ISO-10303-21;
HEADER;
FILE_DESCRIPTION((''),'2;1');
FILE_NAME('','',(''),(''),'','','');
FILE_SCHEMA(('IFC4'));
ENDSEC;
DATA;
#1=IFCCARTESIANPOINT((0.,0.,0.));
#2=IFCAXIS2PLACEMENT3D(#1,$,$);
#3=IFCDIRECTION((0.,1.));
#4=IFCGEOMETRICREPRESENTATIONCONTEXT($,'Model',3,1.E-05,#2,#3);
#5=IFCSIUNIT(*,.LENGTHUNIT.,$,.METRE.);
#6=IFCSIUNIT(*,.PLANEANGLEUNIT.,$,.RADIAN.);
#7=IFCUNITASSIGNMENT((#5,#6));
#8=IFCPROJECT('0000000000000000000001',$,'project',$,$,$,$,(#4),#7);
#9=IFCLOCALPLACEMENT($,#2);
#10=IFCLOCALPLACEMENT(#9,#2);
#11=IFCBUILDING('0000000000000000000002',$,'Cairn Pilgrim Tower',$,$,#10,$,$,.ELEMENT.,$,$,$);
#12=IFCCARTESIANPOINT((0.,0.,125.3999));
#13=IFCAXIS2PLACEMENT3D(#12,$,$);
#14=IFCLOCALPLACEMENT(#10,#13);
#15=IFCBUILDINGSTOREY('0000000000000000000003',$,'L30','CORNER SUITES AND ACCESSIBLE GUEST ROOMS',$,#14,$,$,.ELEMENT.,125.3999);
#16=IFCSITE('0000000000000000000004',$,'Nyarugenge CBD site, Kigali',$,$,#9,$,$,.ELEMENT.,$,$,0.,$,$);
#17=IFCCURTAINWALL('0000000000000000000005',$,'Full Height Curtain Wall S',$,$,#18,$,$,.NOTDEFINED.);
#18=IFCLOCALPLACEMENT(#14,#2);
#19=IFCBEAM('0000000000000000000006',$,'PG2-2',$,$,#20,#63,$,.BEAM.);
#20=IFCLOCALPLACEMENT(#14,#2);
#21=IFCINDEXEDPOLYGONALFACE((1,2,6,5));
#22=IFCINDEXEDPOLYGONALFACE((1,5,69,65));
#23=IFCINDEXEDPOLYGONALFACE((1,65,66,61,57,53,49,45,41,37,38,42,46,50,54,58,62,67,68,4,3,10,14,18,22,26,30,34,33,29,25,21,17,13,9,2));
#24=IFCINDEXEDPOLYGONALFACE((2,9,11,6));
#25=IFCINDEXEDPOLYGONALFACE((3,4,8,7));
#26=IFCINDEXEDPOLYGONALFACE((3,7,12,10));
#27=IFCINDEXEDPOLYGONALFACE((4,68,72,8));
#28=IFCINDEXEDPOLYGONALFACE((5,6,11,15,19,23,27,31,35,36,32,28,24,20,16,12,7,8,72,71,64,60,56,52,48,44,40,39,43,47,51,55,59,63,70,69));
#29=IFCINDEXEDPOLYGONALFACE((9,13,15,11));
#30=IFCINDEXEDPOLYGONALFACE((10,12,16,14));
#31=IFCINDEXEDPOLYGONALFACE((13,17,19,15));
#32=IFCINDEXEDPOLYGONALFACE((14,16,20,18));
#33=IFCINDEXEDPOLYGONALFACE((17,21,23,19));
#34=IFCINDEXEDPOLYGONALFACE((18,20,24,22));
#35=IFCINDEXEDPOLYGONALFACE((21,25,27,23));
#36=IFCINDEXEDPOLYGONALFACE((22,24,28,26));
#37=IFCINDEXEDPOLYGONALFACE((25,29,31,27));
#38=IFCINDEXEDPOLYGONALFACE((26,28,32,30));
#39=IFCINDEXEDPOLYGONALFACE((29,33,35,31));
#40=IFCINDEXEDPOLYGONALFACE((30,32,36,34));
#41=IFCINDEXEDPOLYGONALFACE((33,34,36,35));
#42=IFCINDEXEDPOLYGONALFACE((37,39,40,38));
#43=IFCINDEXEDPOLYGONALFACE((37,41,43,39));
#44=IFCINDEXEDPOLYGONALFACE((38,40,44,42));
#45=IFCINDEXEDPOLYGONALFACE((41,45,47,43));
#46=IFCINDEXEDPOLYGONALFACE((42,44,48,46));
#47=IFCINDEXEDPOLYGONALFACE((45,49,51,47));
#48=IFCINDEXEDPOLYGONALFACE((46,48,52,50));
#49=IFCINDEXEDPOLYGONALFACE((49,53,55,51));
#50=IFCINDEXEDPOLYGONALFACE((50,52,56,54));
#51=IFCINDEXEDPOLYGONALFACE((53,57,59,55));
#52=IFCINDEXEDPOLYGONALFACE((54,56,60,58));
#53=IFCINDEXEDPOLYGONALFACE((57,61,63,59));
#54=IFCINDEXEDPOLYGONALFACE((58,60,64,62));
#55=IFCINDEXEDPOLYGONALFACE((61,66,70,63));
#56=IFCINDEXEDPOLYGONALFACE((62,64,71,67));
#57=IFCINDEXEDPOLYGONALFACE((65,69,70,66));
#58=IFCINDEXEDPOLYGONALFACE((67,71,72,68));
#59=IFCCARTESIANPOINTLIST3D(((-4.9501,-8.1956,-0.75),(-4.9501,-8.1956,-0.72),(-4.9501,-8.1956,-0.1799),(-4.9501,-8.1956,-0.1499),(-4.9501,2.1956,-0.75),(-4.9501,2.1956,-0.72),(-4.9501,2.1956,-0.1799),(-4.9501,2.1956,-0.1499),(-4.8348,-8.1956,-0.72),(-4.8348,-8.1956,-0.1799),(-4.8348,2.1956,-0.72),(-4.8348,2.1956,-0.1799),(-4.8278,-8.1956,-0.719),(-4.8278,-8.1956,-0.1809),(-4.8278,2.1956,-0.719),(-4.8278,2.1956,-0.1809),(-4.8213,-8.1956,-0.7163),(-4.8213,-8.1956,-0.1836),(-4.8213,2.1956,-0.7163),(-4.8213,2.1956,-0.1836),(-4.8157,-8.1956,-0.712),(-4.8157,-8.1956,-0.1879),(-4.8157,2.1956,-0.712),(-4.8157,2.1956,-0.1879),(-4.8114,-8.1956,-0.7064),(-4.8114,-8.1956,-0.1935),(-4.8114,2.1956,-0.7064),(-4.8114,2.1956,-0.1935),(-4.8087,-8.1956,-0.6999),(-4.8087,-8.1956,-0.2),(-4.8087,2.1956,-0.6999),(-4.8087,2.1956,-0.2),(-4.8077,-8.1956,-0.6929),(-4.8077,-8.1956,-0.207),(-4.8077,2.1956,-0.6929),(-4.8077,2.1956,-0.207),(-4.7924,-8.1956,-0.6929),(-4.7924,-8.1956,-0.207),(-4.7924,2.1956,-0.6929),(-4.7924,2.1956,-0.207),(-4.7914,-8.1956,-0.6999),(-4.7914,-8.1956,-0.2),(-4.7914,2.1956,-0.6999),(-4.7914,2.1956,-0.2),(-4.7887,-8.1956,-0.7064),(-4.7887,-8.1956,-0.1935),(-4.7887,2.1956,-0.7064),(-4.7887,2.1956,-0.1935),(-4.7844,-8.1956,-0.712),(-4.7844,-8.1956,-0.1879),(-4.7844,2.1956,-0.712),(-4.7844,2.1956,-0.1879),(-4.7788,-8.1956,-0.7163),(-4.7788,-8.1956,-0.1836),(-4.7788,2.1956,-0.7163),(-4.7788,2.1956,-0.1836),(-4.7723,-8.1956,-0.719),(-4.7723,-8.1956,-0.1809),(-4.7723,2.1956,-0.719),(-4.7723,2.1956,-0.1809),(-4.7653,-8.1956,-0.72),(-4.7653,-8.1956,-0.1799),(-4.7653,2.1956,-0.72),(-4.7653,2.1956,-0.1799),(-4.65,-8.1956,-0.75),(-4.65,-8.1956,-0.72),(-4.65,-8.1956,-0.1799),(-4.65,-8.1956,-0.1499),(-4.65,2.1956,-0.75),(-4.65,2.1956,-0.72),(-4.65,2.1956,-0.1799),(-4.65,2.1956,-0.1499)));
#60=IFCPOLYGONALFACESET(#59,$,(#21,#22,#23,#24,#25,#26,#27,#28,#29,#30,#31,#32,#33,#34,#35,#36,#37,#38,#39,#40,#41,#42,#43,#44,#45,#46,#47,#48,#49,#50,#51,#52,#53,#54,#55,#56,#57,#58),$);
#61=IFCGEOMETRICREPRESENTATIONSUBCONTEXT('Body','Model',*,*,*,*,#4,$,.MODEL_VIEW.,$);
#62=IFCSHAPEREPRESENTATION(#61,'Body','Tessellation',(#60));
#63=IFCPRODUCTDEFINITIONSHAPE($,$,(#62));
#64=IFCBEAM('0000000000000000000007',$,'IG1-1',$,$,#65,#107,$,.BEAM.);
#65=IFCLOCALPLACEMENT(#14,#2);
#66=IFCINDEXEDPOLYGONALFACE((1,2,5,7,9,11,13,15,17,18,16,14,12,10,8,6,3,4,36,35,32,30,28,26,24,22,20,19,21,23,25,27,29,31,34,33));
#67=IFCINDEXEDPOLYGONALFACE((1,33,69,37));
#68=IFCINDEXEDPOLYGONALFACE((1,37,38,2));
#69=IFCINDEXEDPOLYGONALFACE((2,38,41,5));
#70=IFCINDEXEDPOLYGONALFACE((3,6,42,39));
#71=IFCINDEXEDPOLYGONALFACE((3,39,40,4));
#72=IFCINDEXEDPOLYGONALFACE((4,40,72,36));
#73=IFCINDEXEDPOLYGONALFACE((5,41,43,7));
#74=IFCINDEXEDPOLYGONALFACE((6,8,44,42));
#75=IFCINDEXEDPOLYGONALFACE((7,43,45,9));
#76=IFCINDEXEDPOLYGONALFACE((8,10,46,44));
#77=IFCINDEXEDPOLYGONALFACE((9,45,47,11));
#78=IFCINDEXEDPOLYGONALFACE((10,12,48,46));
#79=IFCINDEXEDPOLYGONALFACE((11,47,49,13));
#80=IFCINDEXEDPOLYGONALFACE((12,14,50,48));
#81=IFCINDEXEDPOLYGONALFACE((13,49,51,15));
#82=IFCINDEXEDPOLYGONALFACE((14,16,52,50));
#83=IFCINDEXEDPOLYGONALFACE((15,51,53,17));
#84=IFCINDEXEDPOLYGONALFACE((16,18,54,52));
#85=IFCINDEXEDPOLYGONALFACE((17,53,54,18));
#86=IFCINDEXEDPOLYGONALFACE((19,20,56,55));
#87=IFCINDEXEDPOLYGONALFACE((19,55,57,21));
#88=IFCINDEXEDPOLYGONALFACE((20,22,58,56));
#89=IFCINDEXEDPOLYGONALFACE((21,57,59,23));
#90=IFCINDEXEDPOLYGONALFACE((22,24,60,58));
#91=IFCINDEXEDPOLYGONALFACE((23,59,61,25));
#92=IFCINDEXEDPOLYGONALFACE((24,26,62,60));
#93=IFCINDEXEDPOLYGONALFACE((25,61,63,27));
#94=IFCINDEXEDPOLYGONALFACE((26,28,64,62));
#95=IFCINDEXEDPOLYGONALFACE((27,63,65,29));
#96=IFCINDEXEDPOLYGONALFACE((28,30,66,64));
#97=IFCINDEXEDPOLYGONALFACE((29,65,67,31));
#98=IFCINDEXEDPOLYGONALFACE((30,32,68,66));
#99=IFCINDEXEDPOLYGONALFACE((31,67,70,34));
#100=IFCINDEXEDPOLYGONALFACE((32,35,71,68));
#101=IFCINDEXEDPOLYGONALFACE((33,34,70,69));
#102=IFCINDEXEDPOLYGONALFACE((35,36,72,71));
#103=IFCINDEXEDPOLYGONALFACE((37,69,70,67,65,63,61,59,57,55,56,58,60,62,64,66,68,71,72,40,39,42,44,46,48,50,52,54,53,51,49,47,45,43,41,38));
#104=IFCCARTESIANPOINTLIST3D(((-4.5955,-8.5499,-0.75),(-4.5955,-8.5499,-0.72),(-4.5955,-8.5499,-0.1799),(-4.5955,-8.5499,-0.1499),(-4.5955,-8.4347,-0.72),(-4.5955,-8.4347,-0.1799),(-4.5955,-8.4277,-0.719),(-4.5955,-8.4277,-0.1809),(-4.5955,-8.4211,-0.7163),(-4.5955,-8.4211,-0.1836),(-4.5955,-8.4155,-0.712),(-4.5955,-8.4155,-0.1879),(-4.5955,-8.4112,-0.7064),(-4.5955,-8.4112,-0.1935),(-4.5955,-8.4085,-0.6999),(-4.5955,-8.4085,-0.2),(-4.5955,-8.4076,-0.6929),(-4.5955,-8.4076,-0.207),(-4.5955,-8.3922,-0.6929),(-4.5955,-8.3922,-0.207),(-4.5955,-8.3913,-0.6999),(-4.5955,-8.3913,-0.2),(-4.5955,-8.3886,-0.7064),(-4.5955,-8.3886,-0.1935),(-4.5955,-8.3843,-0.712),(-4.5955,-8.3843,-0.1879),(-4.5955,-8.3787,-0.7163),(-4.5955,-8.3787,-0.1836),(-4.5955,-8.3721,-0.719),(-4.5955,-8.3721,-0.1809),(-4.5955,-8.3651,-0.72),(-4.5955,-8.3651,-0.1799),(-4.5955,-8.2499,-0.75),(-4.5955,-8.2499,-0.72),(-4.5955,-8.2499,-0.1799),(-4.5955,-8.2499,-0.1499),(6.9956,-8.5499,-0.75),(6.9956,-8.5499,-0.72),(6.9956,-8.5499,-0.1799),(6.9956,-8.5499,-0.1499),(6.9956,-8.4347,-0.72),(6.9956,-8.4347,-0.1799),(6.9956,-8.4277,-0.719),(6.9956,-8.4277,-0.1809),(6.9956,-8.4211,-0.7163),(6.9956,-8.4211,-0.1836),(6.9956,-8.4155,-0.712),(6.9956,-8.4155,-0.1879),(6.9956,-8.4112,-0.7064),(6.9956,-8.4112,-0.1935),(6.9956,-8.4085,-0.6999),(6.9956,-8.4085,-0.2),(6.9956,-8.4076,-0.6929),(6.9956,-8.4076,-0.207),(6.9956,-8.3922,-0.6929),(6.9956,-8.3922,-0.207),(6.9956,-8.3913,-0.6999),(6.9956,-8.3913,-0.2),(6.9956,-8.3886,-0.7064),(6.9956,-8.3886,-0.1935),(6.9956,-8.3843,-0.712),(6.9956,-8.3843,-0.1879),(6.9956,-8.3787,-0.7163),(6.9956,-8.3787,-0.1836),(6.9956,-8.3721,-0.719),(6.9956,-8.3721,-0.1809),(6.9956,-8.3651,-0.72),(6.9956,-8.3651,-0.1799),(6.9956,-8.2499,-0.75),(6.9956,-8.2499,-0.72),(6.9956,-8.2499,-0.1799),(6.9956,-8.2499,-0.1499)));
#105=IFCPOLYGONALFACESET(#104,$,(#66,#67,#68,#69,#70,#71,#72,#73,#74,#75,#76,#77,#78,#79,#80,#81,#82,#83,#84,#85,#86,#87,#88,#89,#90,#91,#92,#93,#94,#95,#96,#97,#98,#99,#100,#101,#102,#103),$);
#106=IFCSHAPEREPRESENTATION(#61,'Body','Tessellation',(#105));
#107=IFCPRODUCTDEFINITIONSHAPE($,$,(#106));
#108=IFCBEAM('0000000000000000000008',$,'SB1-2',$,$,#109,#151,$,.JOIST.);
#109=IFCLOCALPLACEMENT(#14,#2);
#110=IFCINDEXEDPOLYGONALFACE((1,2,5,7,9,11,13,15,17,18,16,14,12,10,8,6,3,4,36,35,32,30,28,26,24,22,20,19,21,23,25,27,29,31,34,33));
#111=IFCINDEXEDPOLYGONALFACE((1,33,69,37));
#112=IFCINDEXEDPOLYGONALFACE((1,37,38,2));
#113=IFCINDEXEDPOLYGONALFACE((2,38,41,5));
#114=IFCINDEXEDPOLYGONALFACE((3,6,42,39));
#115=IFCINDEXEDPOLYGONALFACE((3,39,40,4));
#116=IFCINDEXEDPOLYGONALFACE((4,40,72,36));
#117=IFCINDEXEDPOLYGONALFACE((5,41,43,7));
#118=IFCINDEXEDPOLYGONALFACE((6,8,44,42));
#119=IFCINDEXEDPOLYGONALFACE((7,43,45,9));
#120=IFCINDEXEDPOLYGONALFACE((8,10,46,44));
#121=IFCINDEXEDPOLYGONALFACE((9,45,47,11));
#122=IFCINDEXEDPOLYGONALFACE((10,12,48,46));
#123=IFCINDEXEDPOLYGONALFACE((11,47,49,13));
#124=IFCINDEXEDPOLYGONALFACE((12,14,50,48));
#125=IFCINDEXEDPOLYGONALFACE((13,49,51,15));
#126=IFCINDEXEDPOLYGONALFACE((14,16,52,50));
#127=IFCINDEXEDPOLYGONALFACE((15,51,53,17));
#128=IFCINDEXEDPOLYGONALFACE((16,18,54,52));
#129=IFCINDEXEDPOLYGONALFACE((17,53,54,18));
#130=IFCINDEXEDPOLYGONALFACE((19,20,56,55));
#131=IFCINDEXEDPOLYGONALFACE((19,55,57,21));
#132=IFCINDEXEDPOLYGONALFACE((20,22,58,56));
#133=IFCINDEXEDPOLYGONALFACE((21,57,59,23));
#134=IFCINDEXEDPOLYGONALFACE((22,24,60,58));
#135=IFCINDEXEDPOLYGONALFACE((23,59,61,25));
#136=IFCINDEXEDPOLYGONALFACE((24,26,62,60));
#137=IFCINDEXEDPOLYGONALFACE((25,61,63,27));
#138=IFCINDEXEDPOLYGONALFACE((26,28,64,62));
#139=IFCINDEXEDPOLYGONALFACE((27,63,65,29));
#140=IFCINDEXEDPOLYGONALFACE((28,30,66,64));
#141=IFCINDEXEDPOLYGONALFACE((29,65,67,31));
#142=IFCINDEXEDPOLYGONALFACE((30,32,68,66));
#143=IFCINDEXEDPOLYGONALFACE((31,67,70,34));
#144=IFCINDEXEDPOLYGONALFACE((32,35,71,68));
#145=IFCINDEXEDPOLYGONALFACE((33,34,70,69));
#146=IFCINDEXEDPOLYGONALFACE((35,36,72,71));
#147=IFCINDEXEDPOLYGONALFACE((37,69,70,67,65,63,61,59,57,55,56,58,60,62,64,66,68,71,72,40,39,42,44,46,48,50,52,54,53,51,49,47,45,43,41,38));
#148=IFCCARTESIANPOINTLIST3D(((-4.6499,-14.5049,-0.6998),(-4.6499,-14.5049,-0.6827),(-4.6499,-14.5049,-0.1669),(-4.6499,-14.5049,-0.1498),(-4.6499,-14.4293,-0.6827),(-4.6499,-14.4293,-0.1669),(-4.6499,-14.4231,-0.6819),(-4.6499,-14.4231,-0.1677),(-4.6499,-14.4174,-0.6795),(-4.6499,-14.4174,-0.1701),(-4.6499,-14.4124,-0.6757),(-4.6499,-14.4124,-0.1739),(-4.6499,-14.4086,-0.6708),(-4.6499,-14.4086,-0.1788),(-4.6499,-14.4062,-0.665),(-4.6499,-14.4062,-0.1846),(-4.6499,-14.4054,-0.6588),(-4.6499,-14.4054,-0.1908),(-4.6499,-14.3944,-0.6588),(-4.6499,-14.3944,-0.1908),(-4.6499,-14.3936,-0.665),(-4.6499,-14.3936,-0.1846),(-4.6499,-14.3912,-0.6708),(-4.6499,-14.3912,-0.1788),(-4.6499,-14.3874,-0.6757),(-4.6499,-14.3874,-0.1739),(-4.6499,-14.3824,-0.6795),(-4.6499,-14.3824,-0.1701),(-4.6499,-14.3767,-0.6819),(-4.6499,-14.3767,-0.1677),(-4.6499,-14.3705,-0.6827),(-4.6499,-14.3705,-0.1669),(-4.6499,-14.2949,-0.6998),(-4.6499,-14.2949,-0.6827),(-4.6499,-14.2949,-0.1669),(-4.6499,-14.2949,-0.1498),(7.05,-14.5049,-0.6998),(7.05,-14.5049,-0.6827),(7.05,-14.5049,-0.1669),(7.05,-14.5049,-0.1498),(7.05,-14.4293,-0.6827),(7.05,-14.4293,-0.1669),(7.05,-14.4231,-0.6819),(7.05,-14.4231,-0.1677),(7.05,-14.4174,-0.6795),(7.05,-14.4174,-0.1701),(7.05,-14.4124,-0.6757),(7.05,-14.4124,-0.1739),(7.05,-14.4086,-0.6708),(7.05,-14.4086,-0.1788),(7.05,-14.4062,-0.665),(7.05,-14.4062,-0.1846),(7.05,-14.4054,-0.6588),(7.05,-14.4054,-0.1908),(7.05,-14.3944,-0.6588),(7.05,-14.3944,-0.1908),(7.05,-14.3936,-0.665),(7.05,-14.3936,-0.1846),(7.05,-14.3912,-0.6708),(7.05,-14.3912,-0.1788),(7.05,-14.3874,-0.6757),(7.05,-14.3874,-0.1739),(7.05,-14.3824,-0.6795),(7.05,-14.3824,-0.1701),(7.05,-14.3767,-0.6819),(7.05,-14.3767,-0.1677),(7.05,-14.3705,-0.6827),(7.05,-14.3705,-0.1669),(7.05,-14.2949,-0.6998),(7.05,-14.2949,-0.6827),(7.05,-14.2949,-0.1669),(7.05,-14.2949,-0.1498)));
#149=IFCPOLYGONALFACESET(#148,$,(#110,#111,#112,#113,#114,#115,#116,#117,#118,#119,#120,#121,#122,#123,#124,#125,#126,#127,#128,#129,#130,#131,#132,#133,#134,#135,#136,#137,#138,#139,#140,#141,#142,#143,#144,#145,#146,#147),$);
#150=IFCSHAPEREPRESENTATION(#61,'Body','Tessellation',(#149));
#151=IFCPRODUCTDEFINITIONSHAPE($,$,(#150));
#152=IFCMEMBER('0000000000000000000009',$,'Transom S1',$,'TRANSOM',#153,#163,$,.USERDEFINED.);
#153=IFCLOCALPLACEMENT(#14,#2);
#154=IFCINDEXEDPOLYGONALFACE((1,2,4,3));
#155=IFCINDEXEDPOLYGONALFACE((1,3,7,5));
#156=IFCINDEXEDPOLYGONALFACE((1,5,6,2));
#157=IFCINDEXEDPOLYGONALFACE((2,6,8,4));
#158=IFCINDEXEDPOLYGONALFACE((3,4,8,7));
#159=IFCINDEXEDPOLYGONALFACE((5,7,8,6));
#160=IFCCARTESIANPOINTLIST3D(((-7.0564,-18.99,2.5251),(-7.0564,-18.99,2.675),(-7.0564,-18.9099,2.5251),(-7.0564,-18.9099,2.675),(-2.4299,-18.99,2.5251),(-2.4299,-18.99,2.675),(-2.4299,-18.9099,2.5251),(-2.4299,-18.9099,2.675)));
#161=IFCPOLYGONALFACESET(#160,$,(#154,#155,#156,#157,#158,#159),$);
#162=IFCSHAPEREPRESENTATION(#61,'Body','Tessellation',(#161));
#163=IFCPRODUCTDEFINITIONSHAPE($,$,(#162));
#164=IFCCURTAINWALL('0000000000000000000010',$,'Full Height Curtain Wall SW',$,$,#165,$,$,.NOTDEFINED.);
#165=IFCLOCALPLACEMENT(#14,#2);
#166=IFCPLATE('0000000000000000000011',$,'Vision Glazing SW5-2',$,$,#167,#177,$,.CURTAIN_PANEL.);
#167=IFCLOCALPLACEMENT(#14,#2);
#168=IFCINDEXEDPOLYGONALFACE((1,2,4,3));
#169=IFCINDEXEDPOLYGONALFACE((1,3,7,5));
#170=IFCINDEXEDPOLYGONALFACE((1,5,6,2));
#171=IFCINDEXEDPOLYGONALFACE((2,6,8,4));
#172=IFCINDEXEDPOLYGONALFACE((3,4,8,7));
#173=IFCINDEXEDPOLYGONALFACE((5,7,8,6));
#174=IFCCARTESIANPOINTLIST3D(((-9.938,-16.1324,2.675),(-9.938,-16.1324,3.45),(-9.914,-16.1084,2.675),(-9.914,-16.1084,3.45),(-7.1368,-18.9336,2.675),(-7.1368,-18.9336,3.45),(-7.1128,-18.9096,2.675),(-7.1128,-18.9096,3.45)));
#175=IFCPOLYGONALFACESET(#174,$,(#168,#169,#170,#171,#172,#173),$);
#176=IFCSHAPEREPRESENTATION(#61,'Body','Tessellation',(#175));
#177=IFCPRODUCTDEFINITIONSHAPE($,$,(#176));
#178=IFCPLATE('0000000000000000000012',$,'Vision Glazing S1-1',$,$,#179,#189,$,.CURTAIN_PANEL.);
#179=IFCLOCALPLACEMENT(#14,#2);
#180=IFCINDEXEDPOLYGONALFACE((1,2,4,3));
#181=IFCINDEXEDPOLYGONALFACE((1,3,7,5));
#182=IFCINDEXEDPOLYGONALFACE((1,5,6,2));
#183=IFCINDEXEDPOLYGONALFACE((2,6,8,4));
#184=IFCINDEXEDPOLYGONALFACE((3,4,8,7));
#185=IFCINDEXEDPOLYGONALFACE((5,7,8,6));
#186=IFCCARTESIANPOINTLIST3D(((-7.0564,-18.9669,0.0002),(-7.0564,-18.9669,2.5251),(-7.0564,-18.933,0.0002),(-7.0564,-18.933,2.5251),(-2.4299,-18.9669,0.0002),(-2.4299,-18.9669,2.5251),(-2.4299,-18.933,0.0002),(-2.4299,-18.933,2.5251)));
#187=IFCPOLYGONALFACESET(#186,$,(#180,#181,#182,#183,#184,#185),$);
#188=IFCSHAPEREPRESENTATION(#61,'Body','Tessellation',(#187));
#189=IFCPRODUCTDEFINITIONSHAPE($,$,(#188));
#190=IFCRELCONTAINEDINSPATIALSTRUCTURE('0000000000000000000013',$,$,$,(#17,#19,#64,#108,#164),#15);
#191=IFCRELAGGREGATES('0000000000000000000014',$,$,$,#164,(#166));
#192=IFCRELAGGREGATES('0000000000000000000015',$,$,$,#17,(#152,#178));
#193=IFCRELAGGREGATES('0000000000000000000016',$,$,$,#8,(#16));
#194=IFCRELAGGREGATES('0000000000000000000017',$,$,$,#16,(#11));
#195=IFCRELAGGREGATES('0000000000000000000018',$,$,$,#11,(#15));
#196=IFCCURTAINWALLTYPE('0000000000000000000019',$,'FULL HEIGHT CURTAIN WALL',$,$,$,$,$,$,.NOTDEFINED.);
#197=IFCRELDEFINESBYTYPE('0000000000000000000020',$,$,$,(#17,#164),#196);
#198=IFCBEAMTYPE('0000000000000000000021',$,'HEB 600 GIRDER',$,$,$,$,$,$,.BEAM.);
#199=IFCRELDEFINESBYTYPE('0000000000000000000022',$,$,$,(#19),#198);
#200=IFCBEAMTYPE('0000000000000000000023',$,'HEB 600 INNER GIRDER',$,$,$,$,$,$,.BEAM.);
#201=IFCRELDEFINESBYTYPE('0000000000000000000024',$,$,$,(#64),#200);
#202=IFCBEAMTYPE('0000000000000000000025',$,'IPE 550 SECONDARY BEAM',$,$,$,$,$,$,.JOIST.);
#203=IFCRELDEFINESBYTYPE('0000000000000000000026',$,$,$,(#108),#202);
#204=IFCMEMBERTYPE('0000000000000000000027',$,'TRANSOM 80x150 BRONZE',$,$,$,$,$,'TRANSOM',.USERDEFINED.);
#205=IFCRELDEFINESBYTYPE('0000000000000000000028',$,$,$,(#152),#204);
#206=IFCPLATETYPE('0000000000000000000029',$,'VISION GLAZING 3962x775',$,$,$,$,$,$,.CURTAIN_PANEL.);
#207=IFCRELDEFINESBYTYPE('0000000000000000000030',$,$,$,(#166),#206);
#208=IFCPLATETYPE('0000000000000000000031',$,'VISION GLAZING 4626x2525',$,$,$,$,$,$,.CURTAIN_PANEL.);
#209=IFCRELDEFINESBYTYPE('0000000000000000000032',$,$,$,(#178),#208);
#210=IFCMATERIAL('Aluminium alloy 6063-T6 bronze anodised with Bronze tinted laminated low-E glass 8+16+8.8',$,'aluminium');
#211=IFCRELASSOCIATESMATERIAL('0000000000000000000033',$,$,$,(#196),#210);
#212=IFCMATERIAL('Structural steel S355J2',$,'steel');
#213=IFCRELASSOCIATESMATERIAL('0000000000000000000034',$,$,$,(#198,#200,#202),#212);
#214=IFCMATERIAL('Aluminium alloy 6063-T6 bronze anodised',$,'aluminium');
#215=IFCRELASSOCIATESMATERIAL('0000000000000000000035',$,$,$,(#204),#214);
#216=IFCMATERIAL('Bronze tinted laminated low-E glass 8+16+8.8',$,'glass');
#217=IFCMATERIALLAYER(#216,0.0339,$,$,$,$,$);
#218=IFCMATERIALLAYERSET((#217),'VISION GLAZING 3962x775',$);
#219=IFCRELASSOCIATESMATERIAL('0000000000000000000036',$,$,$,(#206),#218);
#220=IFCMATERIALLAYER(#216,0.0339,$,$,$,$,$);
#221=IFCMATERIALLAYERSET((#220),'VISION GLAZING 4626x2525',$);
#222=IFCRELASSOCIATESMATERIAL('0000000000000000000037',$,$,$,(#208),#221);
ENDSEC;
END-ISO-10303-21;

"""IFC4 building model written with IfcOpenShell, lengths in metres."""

from ifc_helpers import new_model, si_unit, direction, frame, origin, origin_2d, place, context, subcontext, project, spatial, rectangle, i_section, extrude, material, layer, layer_set, material_profile, profile_set, type_object, element, aggregate, save


model = new_model("IFC4")

# Units and contexts
model_context = context("Model", 3, precision=1e-05, world=origin(), true_north=direction((0.0, 1.0)))
body_context = subcontext(model_context, "Body", "Model", "MODEL_VIEW")
ifc_project = project(units=[si_unit("LENGTHUNIT", "METRE"), si_unit("PLANEANGLEUNIT", "RADIAN")], contexts=[model_context])

# Site, building, storey
site_placement = place(None, origin())
site = spatial("IfcSite", under=ifc_project, at=site_placement, Name="Nyarugenge CBD site, Kigali", CompositionType="ELEMENT", RefElevation=0.0)
building_placement = place(site_placement, origin())
building = spatial("IfcBuilding", under=site, at=building_placement, Name="Cairn Pilgrim Tower", CompositionType="ELEMENT")
storey_placement = place(building_placement, frame((0.0, 0.0, 125.3999)))
storey = spatial("IfcBuildingStorey", under=building, at=storey_placement, Name="L30", Description="CORNER SUITES AND ACCESSIBLE GUEST ROOMS", CompositionType="ELEMENT", Elevation=125.3999)

# Curtain wall
ifc_material_1 = material(Name="Aluminium alloy 6063-T6 bronze anodised with Bronze tinted laminated low-E glass 8+16+8.8", Category="aluminium")
curtain_wall_type = type_object("IfcCurtainWallType", Name="FULL HEIGHT CURTAIN WALL", PredefinedType="NOTDEFINED", material=ifc_material_1)
curtain_wall_1_placement = place(storey_placement, origin())
curtain_wall_1 = element("IfcCurtainWall", 1, at=curtain_wall_1_placement, inside=storey, type_object=curtain_wall_type, Name="Full Height Curtain Wall S", PredefinedType="NOTDEFINED")
ifc_material_2 = material(Name="Aluminium alloy 6063-T6 bronze anodised", Category="aluminium")

# Beams
ifc_material_3 = material(Name="Structural steel S355J2", Category="steel")
ifc_material_profile_1 = material_profile(ifc_material_3, i_section(OverallWidth=0.3, OverallDepth=0.6001, WebThickness=0.0154, FlangeThickness=0.03, FilletRadius=0.0271, at=origin_2d()), Name="HEB 600")
ifc_profile_set_1 = profile_set([ifc_material_profile_1], Name="Structural steel S355J2")
beam_type_1 = type_object("IfcBeamType", Name="HEB 600 GIRDER", PredefinedType="BEAM", material=ifc_profile_set_1)
beam_1_placement = place(storey_placement, frame((-4.8, -8.1956, -0.45), z_axis=(0.0, 1.0, 0.0), x_axis=(-1.0, 0.0, 0.0)))
element("IfcBeam", 2, at=beam_1_placement, inside=storey, type_object=beam_type_1, Name="PG2-2", PredefinedType="BEAM", context=body_context, shape_type="SweptSolid", body=[
    extrude(i_section(OverallWidth=0.3, OverallDepth=0.6001, WebThickness=0.0154, FlangeThickness=0.03, FilletRadius=0.0271, at=origin_2d()), origin(), (0.0, 0.0, 1.0), 10.3911),
])
ifc_material_profile_2 = material_profile(ifc_material_3, i_section(OverallWidth=0.3, OverallDepth=0.6001, WebThickness=0.0154, FlangeThickness=0.03, FilletRadius=0.0271, at=origin_2d()), Name="HEB 600")
ifc_profile_set_2 = profile_set([ifc_material_profile_2], Name="Structural steel S355J2")
beam_type_2 = type_object("IfcBeamType", Name="HEB 600 INNER GIRDER", PredefinedType="BEAM", material=ifc_profile_set_2)
beam_2_placement = place(storey_placement, frame((-4.5955, -8.3999, -0.45), z_axis=(1.0, 0.0, 0.0), x_axis=(0.0, 1.0, 0.0)))
element("IfcBeam", 3, at=beam_2_placement, inside=storey, type_object=beam_type_2, Name="IG1-1", PredefinedType="BEAM", context=body_context, shape_type="SweptSolid", body=[
    extrude(i_section(OverallWidth=0.3, OverallDepth=0.6001, WebThickness=0.0154, FlangeThickness=0.03, FilletRadius=0.0271, at=origin_2d()), origin(), (0.0, 0.0, 1.0), 11.5911),
])
ifc_material_profile_3 = material_profile(ifc_material_3, i_section(OverallWidth=0.21, OverallDepth=0.55, WebThickness=0.011, FlangeThickness=0.0171, FilletRadius=0.0239, at=origin_2d()), Name="IPE 550")
ifc_profile_set_3 = profile_set([ifc_material_profile_3], Name="Structural steel S355J2")
beam_type_3 = type_object("IfcBeamType", Name="IPE 550 SECONDARY BEAM", PredefinedType="JOIST", material=ifc_profile_set_3)
beam_3_placement = place(storey_placement, frame((-4.6499, -14.3999, -0.4248), z_axis=(1.0, 0.0, 0.0), x_axis=(0.0, 1.0, 0.0)))
element("IfcBeam", 4, at=beam_3_placement, inside=storey, type_object=beam_type_3, Name="SB1-2", PredefinedType="JOIST", context=body_context, shape_type="SweptSolid", body=[
    extrude(i_section(OverallWidth=0.21, OverallDepth=0.55, WebThickness=0.011, FlangeThickness=0.0171, FilletRadius=0.0239, at=origin_2d()), origin(), (0.0, 0.0, 1.0), 11.7),
])

# Member
ifc_material_profile_4 = material_profile(ifc_material_2, rectangle(XDim=0.0801, YDim=0.1499, at=origin_2d()), Name="TRANSOM 80x150 BRONZE")
ifc_profile_set_4 = profile_set([ifc_material_profile_4], Name="Aluminium alloy 6063-T6 bronze anodised")
member_type_1 = type_object("IfcMemberType", Name="TRANSOM 80x150 BRONZE", ElementType="TRANSOM", PredefinedType="USERDEFINED", material=ifc_profile_set_4)
member_1_placement = place(storey_placement, frame((-7.0564, -18.95, 2.6001), z_axis=(1.0, 0.0, 0.0), x_axis=(0.0, 1.0, 0.0)))
member_1 = element("IfcMember", 5, at=member_1_placement, type_object=member_type_1, Name="Transom S1", ObjectType="TRANSOM", PredefinedType="USERDEFINED", context=body_context, shape_type="SweptSolid", body=[
    extrude(rectangle(XDim=0.0801, YDim=0.1499, at=origin_2d()), origin(), (0.0, 0.0, 1.0), 4.6265),
])

# Curtain wall, plate
curtain_wall_2_placement = place(storey_placement, origin())
curtain_wall_2 = element("IfcCurtainWall", 6, at=curtain_wall_2_placement, inside=storey, type_object=curtain_wall_type, Name="Full Height Curtain Wall SW", PredefinedType="NOTDEFINED")
ifc_material_4 = material(Name="Bronze tinted laminated low-E glass 8+16+8.8", Category="glass")
ifc_layer_1 = layer(ifc_material_4, 0.0339)
ifc_layer_set_1 = layer_set([ifc_layer_1], Name="VISION GLAZING 3962x775")
plate_type_1 = type_object("IfcPlateType", Name="VISION GLAZING 3962x775", PredefinedType="CURTAIN_PANEL", material=ifc_layer_set_1)
plate_1_placement = place(storey_placement, frame((-8.5254, -17.521, 2.675), z_axis=(0.0, 0.0, 1.0), x_axis=(0.707107, -0.707107, 0.0)))
plate_1 = element("IfcPlate", 7, at=plate_1_placement, type_object=plate_type_1, Name="Vision Glazing SW5-2", PredefinedType="CURTAIN_PANEL", context=body_context, shape_type="SweptSolid", body=[
    extrude(rectangle(XDim=3.9614, YDim=0.0339, at=origin_2d()), origin(), (0.0, 0.0, 1.0), 0.7749),
])
aggregate(curtain_wall_2, [plate_1])

# Plate
ifc_layer_2 = layer(ifc_material_4, 0.0339)
ifc_layer_set_2 = layer_set([ifc_layer_2], Name="VISION GLAZING 4626x2525")
plate_type_2 = type_object("IfcPlateType", Name="VISION GLAZING 4626x2525", PredefinedType="CURTAIN_PANEL", material=ifc_layer_set_2)
plate_2_placement = place(storey_placement, frame((-4.7432, -18.95, 0.0002), z_axis=(0.0, 0.0, 1.0), x_axis=(1.0, 0.0, 0.0)))
plate_2 = element("IfcPlate", 8, at=plate_2_placement, type_object=plate_type_2, Name="Vision Glazing S1-1", PredefinedType="CURTAIN_PANEL", context=body_context, shape_type="SweptSolid", body=[
    extrude(rectangle(XDim=4.6265, YDim=0.0339, at=origin_2d()), origin(), (0.0, 0.0, 1.0), 2.5249),
])
aggregate(curtain_wall_1, [member_1, plate_2])

save(model, "model.ifc")
